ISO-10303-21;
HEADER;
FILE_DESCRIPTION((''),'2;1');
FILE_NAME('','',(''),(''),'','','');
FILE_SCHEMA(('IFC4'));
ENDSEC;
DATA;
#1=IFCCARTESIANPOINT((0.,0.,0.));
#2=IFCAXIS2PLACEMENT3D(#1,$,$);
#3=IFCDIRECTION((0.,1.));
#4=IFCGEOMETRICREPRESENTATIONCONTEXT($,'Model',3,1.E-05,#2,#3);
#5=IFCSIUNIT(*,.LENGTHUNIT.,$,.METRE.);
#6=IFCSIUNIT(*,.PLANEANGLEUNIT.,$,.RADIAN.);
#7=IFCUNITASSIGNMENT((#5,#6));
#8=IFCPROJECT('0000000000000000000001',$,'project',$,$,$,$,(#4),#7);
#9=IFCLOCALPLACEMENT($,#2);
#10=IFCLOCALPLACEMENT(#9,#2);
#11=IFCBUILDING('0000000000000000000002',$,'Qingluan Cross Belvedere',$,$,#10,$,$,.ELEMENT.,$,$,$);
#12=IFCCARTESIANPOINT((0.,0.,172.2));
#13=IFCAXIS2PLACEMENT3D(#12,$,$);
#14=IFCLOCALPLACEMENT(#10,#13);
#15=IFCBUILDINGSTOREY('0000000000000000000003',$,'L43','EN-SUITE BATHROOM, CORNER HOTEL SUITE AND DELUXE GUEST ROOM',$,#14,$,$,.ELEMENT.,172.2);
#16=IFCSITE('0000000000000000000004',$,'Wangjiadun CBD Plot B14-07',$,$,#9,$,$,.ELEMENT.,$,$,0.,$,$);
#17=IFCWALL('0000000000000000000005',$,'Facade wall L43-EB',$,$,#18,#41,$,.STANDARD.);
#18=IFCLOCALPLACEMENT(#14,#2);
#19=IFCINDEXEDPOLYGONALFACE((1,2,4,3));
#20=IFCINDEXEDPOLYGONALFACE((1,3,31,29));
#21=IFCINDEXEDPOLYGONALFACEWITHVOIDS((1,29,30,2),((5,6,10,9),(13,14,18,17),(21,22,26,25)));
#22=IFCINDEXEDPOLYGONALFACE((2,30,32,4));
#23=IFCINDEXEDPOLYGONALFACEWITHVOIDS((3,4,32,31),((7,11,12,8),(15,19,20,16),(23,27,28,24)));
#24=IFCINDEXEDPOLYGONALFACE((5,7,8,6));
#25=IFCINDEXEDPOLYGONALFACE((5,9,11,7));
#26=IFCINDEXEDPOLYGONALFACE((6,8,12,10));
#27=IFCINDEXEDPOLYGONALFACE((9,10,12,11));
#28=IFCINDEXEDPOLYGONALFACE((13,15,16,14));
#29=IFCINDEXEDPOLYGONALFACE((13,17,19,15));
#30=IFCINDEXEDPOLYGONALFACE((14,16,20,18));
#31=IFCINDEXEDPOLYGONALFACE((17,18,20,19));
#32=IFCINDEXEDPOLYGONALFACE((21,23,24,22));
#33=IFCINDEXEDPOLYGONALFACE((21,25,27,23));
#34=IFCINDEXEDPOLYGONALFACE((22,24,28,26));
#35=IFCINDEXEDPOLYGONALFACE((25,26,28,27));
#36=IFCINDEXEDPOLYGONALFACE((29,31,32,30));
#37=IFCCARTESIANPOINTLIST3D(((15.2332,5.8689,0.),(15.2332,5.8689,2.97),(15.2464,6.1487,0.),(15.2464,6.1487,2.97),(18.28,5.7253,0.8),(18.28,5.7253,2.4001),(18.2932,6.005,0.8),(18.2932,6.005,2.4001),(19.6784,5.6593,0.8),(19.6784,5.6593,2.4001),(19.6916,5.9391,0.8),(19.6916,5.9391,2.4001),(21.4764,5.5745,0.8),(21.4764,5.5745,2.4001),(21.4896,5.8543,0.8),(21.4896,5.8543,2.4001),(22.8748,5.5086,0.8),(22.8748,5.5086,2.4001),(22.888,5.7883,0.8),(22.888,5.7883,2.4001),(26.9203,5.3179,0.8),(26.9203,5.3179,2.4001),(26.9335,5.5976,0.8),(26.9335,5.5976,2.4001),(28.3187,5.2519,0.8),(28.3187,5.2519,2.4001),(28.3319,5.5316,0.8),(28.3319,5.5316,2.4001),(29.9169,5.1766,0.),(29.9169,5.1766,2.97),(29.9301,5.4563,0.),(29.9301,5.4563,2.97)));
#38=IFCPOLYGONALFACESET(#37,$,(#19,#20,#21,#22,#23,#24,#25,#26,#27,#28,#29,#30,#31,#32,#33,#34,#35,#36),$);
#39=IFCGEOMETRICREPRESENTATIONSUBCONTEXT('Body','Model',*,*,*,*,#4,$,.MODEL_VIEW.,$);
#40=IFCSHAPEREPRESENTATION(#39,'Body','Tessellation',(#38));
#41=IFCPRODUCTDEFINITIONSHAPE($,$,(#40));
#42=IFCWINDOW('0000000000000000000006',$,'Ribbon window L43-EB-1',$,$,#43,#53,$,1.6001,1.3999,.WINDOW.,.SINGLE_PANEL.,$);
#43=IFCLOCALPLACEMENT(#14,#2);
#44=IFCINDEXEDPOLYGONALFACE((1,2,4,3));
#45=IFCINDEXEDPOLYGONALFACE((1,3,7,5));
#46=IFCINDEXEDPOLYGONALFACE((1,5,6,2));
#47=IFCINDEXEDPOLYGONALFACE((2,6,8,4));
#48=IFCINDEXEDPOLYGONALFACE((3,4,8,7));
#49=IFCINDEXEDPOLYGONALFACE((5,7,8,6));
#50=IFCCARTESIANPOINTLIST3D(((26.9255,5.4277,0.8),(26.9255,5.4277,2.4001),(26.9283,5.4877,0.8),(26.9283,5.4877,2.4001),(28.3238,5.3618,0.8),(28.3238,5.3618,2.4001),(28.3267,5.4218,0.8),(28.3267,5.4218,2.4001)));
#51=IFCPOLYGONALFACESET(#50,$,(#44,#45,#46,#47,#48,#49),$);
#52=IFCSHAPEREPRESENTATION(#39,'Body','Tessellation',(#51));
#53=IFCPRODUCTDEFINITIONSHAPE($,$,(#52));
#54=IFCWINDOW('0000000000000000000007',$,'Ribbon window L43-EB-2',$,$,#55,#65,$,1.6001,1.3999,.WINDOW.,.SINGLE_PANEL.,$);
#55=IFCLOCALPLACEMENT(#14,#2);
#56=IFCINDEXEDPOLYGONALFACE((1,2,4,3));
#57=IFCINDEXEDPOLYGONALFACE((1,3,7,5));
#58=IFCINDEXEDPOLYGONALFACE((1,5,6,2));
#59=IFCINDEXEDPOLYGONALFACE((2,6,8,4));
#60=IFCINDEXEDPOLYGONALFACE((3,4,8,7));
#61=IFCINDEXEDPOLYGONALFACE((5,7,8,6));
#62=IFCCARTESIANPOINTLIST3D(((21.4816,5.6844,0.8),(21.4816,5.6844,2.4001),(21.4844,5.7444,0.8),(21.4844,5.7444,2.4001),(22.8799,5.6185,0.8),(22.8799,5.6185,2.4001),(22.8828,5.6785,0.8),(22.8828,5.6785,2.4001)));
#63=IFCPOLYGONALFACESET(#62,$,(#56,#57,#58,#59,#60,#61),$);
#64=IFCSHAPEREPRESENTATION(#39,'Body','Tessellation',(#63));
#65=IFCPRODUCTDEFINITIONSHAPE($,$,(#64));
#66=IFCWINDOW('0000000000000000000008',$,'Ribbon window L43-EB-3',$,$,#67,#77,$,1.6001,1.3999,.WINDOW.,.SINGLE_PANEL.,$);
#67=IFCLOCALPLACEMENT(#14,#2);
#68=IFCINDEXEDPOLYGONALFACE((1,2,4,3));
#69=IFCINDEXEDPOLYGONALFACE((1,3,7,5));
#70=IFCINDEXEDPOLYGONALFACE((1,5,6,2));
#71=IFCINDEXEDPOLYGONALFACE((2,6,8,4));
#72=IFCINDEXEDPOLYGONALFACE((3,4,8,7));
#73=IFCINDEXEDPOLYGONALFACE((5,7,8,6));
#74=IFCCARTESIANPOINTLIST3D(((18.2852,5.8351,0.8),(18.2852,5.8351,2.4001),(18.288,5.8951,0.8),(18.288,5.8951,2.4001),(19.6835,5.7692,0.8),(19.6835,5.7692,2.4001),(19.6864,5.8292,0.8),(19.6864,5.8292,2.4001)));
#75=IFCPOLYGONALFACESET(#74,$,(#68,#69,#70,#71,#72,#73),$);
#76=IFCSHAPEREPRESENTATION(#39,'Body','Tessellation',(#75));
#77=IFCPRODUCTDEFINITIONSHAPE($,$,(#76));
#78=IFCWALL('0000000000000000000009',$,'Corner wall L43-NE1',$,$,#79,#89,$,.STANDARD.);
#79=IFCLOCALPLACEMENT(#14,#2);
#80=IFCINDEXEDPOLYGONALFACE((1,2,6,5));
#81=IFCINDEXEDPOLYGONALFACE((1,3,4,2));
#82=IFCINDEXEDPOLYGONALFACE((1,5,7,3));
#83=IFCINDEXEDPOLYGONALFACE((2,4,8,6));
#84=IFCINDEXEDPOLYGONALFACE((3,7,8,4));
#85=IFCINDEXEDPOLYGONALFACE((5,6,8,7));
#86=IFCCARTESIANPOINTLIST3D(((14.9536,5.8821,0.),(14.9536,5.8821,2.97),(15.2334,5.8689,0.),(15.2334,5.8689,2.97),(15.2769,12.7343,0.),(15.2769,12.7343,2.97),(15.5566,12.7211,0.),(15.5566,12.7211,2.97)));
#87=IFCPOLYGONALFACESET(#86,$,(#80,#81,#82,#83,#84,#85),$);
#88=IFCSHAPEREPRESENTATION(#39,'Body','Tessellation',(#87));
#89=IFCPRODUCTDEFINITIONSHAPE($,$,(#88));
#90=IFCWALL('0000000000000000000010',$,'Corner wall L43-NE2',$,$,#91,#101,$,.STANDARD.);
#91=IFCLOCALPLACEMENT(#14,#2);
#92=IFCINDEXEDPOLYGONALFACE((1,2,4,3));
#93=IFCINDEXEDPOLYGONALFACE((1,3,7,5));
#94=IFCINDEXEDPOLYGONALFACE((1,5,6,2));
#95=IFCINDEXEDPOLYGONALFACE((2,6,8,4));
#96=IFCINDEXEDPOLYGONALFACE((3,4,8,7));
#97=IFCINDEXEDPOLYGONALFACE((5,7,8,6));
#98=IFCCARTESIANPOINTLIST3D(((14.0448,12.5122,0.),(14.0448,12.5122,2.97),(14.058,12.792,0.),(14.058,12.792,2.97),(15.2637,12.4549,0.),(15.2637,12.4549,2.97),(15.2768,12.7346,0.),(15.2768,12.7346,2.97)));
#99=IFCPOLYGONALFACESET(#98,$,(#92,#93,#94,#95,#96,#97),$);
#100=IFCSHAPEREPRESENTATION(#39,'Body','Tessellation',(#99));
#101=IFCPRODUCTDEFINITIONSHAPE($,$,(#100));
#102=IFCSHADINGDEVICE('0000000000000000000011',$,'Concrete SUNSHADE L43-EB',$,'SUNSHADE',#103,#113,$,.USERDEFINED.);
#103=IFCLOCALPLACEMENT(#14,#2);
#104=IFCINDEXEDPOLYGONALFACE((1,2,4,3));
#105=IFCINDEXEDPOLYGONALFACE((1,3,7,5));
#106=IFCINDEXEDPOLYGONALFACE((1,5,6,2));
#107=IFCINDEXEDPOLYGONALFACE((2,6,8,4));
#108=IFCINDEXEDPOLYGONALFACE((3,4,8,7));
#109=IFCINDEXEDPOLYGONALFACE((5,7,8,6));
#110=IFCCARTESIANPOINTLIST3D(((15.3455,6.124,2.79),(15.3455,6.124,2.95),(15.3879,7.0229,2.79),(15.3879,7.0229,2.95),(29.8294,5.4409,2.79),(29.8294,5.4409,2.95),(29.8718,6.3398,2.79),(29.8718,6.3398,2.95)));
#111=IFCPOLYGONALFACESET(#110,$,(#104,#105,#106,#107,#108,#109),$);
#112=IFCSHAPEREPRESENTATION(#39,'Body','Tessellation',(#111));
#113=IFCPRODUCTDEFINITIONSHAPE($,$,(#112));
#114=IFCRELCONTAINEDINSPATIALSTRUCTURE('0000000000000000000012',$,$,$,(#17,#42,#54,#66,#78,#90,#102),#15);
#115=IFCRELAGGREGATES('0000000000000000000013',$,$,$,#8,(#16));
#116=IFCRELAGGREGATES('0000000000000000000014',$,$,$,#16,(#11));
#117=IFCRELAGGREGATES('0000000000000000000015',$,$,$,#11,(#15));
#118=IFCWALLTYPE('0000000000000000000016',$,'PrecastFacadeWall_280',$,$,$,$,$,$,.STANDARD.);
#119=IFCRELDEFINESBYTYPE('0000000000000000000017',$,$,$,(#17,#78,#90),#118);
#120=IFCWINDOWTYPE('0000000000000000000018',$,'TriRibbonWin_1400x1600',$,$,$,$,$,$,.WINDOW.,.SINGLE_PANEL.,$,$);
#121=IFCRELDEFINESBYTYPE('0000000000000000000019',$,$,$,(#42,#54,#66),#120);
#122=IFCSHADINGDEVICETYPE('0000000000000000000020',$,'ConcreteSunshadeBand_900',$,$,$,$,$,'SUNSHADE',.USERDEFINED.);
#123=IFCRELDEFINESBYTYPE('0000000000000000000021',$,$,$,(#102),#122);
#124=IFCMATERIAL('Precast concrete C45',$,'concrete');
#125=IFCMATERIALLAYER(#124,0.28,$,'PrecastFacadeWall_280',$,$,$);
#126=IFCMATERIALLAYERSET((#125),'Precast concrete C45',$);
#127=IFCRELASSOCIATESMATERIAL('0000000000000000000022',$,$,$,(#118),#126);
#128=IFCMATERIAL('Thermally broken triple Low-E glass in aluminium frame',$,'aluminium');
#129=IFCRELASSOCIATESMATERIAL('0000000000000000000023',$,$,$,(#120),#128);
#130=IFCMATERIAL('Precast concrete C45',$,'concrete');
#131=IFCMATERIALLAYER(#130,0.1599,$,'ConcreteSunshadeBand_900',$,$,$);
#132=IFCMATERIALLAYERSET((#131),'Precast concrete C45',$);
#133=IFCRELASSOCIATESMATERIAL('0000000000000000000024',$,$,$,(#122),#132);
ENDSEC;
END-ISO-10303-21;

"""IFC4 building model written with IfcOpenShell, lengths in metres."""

from ifc_helpers import new_model, si_unit, direction, frame, frame_2d, origin, origin_2d, place, context, subcontext, project, spatial, rectangle, extrude, material, layer, layer_set, type_object, element, fill, save


model = new_model("IFC4")

# Units and contexts
model_context = context("Model", 3, precision=1e-05, world=origin(), true_north=direction((0.0, 1.0)))
body_context = subcontext(model_context, "Body", "Model", "MODEL_VIEW")
ifc_project = project(units=[si_unit("LENGTHUNIT", "METRE"), si_unit("PLANEANGLEUNIT", "RADIAN")], contexts=[model_context])

# Site, building, storey
site_placement = place(None, origin())
site = spatial("IfcSite", under=ifc_project, at=site_placement, Name="Wangjiadun CBD Plot B14-07", CompositionType="ELEMENT", RefElevation=0.0)
building_placement = place(site_placement, origin())
building = spatial("IfcBuilding", under=site, at=building_placement, Name="Qingluan Cross Belvedere", CompositionType="ELEMENT")
storey_placement = place(building_placement, frame((0.0, 0.0, 172.2)))
storey = spatial("IfcBuildingStorey", under=building, at=storey_placement, Name="L43", Description="EN-SUITE BATHROOM, CORNER HOTEL SUITE AND DELUXE GUEST ROOM", CompositionType="ELEMENT", Elevation=172.2)

# Wall, openings, windows
ifc_material_1 = material(Name="Precast concrete C45", Category="concrete")
ifc_layer_1 = layer(ifc_material_1, 0.28, Name="PrecastFacadeWall_280")
ifc_layer_set_1 = layer_set([ifc_layer_1], Name="Precast concrete C45")
wall_type_1 = type_object("IfcWallType", Name="PrecastFacadeWall_280", PredefinedType="STANDARD", material=ifc_layer_set_1)
wall_1_placement = place(storey_placement, frame((29.9236, 5.3164, 0.0), z_axis=(0.0, 0.0, 1.0), x_axis=(-0.99889, 0.047101, 0.0)))
wall_1 = element("IfcWall", 1, at=wall_1_placement, inside=storey, type_object=wall_type_1, Name="Facade wall L43-EB", PredefinedType="STANDARD", context=body_context, shape_type="SweptSolid", body=[
    extrude(rectangle(XDim=14.7, YDim=0.28, at=frame_2d((7.3501, 0.0))), origin(), (0.0, 0.0, 1.0), 2.97),
])
opening_1_placement = place(wall_1_placement, frame((1.6001, 0.0, 0.8)))
opening_1 = element("IfcOpeningElement", 2, at=opening_1_placement, cuts=wall_1, PredefinedType="OPENING", context=body_context, shape_type="SweptSolid", body=[
    extrude(rectangle(XDim=1.3999, YDim=1.6001, at=frame_2d((0.7, 0.8))), frame((0.0, 0.1499, 0.0), z_axis=(0.0, -1.0, 0.0), x_axis=(1.0, 0.0, 0.0)), (0.0, 0.0, 1.0), 0.3),
])
opening_2_placement = place(wall_1_placement, frame((7.05, 0.0, 0.8)))
opening_2 = element("IfcOpeningElement", 3, at=opening_2_placement, cuts=wall_1, PredefinedType="OPENING", context=body_context, shape_type="SweptSolid", body=[
    extrude(rectangle(XDim=1.3999, YDim=1.6001, at=frame_2d((0.7, 0.8))), frame((0.0, 0.1499, 0.0), z_axis=(0.0, -1.0, 0.0), x_axis=(1.0, 0.0, 0.0)), (0.0, 0.0, 1.0), 0.3),
])
opening_3_placement = place(wall_1_placement, frame((10.25, 0.0, 0.8)))
opening_3 = element("IfcOpeningElement", 4, at=opening_3_placement, cuts=wall_1, PredefinedType="OPENING", context=body_context, shape_type="SweptSolid", body=[
    extrude(rectangle(XDim=1.3999, YDim=1.6001, at=frame_2d((0.7, 0.8))), frame((0.0, 0.1499, 0.0), z_axis=(0.0, -1.0, 0.0), x_axis=(1.0, 0.0, 0.0)), (0.0, 0.0, 1.0), 0.3),
])
ifc_material_2 = material(Name="Thermally broken triple Low-E glass in aluminium frame", Category="aluminium")
window_type = type_object("IfcWindowType", Name="TriRibbonWin_1400x1600", PartitioningType="SINGLE_PANEL", PredefinedType="WINDOW", material=ifc_material_2)
window_1_placement = place(opening_1_placement, origin())
window_1 = element("IfcWindow", 5, at=window_1_placement, inside=storey, type_object=window_type, Name="Ribbon window L43-EB-1", OverallHeight=1.6001, OverallWidth=1.3999, PartitioningType="SINGLE_PANEL", PredefinedType="WINDOW", context=body_context, shape_type="SweptSolid", body=[
    extrude(rectangle(XDim=1.3999, YDim=1.6001, at=frame_2d((0.7, 0.8))), frame((0.0, 0.03, 0.0), z_axis=(0.0, -1.0, 0.0), x_axis=(1.0, 0.0, 0.0)), (0.0, 0.0, 1.0), 0.0601),
])
fill(opening_1, window_1)
window_2_placement = place(opening_2_placement, origin())
window_2 = element("IfcWindow", 6, at=window_2_placement, inside=storey, type_object=window_type, Name="Ribbon window L43-EB-2", OverallHeight=1.6001, OverallWidth=1.3999, PartitioningType="SINGLE_PANEL", PredefinedType="WINDOW", context=body_context, shape_type="SweptSolid", body=[
    extrude(rectangle(XDim=1.3999, YDim=1.6001, at=frame_2d((0.7, 0.8))), frame((0.0, 0.03, 0.0), z_axis=(0.0, -1.0, 0.0), x_axis=(1.0, 0.0, 0.0)), (0.0, 0.0, 1.0), 0.0601),
])
fill(opening_2, window_2)
window_3_placement = place(opening_3_placement, origin())
window_3 = element("IfcWindow", 7, at=window_3_placement, inside=storey, type_object=window_type, Name="Ribbon window L43-EB-3", OverallHeight=1.6001, OverallWidth=1.3999, PartitioningType="SINGLE_PANEL", PredefinedType="WINDOW", context=body_context, shape_type="SweptSolid", body=[
    extrude(rectangle(XDim=1.3999, YDim=1.6001, at=frame_2d((0.7, 0.8))), frame((0.0, 0.03, 0.0), z_axis=(0.0, -1.0, 0.0), x_axis=(1.0, 0.0, 0.0)), (0.0, 0.0, 1.0), 0.0601),
])
fill(opening_3, window_3)

# Walls
wall_2_placement = place(storey_placement, frame((15.0935, 5.8755, 0.0), z_axis=(0.0, 0.0, 1.0), x_axis=(0.04712, 0.998889, 0.0)))
element("IfcWall", 8, at=wall_2_placement, inside=storey, type_object=wall_type_1, Name="Corner wall L43-NE1", PredefinedType="STANDARD", context=body_context, shape_type="SweptSolid", body=[
    extrude(rectangle(XDim=6.8599, YDim=0.28, at=frame_2d((3.4299, 0.0))), origin(), (0.0, 0.0, 1.0), 2.97),
])
wall_3_placement = place(storey_placement, frame((15.2703, 12.5947, 0.0), z_axis=(0.0, 0.0, 1.0), x_axis=(-0.998894, 0.047023, 0.0)))
element("IfcWall", 9, at=wall_3_placement, inside=storey, type_object=wall_type_1, Name="Corner wall L43-NE2", PredefinedType="STANDARD", context=body_context, shape_type="SweptSolid", body=[
    extrude(rectangle(XDim=1.2202, YDim=0.28, at=frame_2d((0.6101, 0.0))), origin(), (0.0, 0.0, 1.0), 2.97),
])

# Shading device
ifc_material_3 = material(Name="Precast concrete C45", Category="concrete")
ifc_layer_2 = layer(ifc_material_3, 0.1599, Name="ConcreteSunshadeBand_900")
ifc_layer_set_2 = layer_set([ifc_layer_2], Name="Precast concrete C45")
shading_device_type = type_object("IfcShadingDeviceType", Name="ConcreteSunshadeBand_900", ElementType="SUNSHADE", PredefinedType="USERDEFINED", material=ifc_layer_set_2)
shading_device_placement = place(storey_placement, frame((22.6086, 6.2319, 2.79), z_axis=(0.0, 0.0, 1.0), x_axis=(-0.99889, 0.047109, 0.0)))
element("IfcShadingDevice", 10, at=shading_device_placement, inside=storey, type_object=shading_device_type, Name="Concrete SUNSHADE L43-EB", ObjectType="SUNSHADE", PredefinedType="USERDEFINED", context=body_context, shape_type="SweptSolid", body=[
    extrude(rectangle(XDim=14.5, YDim=0.8999, at=origin_2d()), origin(), (0.0, 0.0, 1.0), 0.1599),
])

save(model, "model.ifc")
